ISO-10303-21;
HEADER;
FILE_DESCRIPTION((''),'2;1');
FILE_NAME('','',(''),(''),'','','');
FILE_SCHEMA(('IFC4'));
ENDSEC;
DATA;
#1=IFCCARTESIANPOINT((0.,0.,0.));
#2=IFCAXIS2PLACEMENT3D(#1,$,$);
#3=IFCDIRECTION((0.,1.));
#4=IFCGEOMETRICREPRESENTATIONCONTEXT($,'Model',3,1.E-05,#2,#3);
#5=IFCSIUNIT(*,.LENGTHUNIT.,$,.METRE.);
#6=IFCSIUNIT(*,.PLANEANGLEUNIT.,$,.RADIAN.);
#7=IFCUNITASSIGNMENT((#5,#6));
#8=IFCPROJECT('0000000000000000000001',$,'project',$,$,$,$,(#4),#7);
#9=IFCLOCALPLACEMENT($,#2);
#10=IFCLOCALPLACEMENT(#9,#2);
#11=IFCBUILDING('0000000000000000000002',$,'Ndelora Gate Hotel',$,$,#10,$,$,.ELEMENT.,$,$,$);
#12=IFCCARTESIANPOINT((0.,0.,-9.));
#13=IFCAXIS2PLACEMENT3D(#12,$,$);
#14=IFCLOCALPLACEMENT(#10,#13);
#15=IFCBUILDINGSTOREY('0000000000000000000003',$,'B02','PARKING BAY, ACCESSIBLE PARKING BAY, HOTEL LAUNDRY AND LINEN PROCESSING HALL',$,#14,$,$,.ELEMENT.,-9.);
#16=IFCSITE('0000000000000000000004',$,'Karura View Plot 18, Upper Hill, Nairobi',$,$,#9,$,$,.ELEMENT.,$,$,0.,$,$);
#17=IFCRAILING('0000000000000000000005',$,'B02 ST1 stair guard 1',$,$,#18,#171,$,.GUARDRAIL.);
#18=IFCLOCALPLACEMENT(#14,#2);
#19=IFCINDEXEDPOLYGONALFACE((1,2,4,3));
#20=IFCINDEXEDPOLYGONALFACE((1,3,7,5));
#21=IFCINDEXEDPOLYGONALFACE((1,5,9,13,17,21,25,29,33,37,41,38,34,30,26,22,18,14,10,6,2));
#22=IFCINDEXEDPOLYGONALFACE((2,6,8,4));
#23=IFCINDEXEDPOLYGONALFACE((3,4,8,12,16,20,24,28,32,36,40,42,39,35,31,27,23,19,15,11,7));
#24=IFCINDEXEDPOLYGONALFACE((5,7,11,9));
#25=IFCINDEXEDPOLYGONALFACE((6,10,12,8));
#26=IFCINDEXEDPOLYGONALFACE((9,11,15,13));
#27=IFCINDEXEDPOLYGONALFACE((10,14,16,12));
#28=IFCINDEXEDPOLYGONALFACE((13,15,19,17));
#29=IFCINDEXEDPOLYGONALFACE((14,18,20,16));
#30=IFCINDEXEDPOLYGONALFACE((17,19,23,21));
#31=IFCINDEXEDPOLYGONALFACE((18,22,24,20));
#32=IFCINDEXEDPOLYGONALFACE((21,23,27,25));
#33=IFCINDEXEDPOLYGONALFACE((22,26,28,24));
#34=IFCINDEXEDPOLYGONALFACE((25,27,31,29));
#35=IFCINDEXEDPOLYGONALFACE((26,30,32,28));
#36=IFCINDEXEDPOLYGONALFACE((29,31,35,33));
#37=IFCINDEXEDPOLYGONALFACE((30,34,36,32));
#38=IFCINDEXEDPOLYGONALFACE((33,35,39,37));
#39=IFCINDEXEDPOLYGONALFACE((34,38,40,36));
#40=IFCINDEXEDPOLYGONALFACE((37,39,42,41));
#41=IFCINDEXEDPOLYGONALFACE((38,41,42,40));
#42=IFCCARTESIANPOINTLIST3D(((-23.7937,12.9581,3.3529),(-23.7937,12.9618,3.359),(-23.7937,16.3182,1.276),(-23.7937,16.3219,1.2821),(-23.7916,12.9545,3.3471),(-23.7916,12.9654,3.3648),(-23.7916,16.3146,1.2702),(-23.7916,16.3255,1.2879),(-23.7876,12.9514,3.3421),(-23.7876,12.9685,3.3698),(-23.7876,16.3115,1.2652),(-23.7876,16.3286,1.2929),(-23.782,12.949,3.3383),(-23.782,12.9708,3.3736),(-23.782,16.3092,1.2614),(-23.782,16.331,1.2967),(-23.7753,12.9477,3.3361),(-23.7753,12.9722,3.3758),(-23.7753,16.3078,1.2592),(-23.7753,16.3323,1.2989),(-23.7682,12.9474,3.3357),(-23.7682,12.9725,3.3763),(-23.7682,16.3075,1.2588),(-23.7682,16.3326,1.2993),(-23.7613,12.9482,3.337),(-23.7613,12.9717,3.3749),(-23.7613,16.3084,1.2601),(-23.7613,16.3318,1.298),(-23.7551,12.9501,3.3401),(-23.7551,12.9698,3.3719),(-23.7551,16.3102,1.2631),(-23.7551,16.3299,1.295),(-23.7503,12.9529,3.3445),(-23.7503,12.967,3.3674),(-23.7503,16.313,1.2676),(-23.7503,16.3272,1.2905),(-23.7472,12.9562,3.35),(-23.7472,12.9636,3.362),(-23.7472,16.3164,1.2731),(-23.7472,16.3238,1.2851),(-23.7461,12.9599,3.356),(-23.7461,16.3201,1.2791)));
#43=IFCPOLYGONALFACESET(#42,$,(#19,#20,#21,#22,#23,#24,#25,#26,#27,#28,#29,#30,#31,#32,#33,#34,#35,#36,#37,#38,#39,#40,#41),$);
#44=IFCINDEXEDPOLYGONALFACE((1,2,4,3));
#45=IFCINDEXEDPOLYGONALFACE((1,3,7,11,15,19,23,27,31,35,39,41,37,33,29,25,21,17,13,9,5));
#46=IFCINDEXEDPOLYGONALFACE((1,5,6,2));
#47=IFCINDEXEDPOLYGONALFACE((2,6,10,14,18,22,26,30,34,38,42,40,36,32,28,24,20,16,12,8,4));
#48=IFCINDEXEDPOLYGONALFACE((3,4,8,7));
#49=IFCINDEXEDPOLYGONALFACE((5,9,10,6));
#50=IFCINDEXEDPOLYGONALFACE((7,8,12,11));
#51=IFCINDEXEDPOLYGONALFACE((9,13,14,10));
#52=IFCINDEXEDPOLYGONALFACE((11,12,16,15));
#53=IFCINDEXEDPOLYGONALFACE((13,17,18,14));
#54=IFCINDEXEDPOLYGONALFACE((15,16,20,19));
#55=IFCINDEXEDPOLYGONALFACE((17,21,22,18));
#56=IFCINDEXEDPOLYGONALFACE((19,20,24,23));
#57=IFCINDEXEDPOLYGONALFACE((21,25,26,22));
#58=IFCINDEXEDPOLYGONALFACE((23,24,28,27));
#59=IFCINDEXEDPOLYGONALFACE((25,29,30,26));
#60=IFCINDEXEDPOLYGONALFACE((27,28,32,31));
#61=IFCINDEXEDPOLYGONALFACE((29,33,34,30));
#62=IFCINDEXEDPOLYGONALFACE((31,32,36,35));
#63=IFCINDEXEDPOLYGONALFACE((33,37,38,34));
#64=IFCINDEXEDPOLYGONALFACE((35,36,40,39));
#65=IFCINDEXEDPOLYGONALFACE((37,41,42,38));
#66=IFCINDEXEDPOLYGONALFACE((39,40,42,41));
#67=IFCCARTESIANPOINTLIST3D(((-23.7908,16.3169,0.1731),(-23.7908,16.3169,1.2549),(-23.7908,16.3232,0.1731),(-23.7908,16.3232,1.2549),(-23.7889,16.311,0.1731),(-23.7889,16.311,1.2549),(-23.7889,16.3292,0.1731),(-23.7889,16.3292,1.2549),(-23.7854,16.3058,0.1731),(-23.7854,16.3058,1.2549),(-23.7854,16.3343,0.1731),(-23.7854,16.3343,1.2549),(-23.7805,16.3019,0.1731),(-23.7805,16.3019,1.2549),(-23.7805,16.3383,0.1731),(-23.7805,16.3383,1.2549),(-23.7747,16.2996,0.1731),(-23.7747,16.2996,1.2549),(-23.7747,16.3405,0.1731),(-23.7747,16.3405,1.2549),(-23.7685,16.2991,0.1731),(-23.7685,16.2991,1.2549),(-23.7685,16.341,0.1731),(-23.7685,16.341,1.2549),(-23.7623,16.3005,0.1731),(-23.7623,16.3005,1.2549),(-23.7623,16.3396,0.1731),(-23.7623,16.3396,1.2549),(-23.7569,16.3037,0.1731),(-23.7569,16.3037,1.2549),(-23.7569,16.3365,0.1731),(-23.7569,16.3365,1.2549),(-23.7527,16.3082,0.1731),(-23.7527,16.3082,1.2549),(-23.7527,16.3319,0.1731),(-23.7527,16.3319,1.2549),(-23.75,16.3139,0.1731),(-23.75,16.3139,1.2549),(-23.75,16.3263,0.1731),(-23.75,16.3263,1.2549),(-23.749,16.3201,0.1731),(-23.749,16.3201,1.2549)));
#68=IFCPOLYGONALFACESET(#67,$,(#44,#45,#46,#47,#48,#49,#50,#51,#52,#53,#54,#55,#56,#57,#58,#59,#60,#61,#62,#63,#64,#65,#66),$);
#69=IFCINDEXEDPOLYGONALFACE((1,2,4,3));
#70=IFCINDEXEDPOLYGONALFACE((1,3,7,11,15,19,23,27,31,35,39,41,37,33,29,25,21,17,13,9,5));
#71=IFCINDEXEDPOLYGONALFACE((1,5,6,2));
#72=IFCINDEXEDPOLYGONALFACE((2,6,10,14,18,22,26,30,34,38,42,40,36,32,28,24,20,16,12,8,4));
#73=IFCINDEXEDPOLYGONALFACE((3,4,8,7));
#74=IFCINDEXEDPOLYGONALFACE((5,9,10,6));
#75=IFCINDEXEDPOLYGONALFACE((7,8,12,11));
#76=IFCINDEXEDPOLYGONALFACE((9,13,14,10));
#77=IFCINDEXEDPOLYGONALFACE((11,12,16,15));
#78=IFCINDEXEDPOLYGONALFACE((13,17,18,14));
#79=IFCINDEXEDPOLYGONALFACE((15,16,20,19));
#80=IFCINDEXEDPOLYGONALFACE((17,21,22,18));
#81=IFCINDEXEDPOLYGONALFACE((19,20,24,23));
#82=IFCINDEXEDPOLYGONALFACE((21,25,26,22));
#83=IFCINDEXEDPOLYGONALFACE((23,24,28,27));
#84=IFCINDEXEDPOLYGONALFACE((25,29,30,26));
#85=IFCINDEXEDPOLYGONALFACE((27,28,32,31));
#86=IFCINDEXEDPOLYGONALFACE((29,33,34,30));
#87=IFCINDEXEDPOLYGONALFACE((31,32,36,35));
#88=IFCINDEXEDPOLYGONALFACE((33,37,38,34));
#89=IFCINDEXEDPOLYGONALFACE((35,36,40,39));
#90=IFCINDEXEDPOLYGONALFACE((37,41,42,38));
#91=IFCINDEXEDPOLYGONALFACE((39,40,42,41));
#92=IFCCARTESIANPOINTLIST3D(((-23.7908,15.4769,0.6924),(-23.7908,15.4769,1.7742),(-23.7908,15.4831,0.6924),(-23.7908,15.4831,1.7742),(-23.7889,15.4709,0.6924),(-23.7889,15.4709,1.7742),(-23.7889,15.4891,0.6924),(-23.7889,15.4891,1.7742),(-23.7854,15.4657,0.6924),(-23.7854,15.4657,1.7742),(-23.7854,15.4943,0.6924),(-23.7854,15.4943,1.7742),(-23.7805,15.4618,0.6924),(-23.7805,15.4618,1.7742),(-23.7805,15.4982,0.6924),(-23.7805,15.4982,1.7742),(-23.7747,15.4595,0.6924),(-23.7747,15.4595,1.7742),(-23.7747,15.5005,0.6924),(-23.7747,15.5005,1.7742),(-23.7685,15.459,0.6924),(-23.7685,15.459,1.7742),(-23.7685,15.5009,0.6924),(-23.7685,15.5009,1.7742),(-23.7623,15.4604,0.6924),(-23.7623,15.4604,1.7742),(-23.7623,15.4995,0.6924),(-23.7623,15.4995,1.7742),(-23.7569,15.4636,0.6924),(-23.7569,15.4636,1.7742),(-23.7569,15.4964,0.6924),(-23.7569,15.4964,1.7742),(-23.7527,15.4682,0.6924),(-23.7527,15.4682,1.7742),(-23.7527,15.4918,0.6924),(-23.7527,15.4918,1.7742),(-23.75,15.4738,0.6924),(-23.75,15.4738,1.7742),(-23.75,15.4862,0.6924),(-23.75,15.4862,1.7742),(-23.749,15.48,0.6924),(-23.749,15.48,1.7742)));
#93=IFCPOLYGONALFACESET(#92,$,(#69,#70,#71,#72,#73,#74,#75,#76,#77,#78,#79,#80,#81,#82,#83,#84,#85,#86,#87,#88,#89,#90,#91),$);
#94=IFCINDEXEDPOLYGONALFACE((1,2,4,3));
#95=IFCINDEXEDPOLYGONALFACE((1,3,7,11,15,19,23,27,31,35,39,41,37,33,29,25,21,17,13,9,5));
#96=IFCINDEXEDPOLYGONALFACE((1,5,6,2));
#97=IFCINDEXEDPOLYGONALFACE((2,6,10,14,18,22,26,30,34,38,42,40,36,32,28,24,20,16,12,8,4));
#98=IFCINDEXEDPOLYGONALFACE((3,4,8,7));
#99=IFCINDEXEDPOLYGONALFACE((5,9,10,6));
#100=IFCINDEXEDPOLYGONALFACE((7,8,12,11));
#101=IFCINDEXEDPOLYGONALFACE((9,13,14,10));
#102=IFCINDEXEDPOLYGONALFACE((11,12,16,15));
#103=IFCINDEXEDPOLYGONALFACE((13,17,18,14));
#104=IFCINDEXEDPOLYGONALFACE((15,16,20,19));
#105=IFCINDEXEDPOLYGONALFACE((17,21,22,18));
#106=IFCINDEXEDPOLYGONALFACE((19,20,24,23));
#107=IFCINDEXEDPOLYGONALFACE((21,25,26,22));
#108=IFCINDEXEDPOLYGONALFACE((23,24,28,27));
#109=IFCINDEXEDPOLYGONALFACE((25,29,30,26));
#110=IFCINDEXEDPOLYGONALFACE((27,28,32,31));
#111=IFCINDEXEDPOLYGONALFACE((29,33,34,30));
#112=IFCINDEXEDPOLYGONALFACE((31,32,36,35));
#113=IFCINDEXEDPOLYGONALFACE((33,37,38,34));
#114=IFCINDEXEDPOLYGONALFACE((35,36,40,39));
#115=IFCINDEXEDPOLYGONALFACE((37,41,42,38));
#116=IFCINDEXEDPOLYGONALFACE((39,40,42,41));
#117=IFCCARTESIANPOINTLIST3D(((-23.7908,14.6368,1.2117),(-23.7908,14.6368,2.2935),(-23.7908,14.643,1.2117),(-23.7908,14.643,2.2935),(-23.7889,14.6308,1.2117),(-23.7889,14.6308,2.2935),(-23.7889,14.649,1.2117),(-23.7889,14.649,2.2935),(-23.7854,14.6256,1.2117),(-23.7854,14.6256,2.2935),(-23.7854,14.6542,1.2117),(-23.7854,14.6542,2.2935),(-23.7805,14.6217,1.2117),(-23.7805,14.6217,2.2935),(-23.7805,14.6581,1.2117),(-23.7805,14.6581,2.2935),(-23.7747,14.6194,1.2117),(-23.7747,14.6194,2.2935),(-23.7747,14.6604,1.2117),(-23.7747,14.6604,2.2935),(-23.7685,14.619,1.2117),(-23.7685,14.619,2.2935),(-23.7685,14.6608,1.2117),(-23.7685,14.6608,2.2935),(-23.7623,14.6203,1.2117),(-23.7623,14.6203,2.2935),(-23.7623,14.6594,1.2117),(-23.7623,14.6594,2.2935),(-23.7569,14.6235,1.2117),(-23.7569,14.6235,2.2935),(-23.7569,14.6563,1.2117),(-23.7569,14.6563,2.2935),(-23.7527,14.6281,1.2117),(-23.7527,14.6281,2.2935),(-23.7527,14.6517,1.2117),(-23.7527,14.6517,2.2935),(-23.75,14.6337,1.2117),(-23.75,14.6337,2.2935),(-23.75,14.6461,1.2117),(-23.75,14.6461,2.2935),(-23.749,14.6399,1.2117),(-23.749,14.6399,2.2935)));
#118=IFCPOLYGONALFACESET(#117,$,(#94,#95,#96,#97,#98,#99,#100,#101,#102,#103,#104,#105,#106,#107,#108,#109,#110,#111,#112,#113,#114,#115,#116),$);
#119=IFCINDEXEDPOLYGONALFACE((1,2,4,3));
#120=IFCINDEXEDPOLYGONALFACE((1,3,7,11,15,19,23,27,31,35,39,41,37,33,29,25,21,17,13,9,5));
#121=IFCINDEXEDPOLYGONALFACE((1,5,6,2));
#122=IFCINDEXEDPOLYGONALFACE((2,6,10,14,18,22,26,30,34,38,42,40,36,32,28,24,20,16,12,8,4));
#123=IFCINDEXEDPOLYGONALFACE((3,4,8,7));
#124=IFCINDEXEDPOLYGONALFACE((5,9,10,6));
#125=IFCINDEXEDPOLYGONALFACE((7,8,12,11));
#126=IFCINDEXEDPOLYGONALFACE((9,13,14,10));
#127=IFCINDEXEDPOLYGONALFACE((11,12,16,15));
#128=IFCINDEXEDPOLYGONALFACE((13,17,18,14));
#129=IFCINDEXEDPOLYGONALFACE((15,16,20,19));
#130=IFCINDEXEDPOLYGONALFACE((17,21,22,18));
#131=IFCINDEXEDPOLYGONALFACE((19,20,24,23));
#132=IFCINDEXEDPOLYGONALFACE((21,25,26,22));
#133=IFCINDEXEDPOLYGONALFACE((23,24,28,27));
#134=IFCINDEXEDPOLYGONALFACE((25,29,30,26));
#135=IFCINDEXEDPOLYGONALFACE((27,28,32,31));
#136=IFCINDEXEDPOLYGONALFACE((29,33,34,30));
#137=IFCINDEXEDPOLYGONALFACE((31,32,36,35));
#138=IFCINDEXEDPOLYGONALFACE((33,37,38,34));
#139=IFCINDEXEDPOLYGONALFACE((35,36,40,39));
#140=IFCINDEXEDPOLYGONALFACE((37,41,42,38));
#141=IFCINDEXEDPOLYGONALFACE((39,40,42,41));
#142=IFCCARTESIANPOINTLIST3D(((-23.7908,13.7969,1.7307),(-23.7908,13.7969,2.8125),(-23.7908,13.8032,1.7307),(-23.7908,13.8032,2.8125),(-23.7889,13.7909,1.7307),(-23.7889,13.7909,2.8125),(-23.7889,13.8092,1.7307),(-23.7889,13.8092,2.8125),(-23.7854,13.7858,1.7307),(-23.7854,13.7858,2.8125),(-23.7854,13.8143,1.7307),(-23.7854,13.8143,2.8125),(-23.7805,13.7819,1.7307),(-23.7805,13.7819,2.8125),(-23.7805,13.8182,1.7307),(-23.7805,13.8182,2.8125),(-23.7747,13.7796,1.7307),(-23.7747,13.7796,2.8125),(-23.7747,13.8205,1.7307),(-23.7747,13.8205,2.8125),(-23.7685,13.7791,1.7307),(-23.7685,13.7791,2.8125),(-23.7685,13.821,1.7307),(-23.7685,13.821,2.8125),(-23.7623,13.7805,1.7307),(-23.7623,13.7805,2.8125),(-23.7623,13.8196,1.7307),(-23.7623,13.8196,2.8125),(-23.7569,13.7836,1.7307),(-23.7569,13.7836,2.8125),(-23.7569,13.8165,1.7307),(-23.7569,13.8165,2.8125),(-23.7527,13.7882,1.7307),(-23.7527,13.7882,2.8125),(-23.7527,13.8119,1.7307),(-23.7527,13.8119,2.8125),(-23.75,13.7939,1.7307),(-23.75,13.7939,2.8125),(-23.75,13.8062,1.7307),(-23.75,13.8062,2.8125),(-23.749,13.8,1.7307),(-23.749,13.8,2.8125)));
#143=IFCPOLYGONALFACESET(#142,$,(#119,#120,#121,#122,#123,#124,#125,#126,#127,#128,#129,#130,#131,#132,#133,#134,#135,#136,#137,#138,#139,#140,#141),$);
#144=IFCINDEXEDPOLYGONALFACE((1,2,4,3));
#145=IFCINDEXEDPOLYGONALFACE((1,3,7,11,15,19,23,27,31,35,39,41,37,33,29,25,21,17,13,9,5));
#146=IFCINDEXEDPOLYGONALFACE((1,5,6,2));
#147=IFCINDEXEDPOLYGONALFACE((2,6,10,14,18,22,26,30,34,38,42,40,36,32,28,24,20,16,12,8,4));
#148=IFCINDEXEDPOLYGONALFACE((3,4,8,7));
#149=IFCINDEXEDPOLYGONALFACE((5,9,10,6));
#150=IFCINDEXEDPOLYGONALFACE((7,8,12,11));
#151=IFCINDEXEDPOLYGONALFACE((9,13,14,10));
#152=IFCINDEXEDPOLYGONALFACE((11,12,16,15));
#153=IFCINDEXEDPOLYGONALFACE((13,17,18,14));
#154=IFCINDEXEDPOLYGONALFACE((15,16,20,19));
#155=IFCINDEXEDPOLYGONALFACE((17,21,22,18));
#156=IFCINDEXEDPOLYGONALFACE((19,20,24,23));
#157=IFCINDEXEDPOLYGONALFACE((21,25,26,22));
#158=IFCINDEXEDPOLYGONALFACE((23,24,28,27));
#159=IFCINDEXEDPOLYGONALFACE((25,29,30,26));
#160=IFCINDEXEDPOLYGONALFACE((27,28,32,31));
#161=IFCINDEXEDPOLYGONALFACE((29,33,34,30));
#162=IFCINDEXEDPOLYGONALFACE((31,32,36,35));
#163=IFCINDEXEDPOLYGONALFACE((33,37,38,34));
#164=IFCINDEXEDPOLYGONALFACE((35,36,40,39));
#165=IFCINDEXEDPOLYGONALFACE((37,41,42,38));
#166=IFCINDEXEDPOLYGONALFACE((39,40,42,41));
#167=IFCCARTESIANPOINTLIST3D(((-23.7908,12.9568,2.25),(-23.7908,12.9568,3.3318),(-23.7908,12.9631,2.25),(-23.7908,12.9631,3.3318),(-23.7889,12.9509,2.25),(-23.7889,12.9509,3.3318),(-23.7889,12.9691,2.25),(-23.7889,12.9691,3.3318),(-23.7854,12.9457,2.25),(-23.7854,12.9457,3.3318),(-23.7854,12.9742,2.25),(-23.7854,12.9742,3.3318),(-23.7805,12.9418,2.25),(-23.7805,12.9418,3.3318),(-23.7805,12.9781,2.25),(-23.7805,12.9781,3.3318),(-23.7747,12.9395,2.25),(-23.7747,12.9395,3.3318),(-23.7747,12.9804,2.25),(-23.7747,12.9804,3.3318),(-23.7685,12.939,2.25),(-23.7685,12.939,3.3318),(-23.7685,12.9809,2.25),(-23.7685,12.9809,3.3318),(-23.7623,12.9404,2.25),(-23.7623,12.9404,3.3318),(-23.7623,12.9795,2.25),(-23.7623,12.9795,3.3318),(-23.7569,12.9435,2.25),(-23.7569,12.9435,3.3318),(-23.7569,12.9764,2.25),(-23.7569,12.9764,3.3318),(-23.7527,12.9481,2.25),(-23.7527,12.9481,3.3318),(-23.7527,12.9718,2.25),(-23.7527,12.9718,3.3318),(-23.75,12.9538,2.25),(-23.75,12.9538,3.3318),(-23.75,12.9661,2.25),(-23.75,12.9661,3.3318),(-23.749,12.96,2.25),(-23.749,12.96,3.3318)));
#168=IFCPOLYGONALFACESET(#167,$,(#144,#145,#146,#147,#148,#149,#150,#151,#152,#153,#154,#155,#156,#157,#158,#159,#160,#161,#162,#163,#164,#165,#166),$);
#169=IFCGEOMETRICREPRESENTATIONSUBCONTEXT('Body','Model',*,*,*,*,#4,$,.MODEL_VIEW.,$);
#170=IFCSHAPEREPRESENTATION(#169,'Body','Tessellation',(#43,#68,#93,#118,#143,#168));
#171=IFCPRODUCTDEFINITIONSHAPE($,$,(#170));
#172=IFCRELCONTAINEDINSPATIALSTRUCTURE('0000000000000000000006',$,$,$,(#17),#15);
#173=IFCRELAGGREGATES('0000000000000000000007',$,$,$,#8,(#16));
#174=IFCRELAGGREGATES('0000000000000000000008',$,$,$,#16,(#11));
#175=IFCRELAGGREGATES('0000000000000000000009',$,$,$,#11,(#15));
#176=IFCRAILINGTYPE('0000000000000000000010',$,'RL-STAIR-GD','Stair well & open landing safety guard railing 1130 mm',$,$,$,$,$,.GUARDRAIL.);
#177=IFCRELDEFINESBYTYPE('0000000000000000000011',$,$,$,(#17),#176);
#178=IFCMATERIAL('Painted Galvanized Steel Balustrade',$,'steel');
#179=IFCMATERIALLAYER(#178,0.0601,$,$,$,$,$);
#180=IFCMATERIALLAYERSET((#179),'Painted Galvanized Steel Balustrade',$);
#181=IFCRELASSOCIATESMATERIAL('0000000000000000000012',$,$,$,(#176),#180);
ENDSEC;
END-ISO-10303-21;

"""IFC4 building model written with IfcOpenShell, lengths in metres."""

from ifc_helpers import new_model, si_unit, direction, frame, origin, origin_2d, place, context, subcontext, project, spatial, circle, extrude, material, layer, layer_set, type_object, element, save


model = new_model("IFC4")

# Units and contexts
model_context = context("Model", 3, precision=1e-05, world=origin(), true_north=direction((0.0, 1.0)))
body_context = subcontext(model_context, "Body", "Model", "MODEL_VIEW")
ifc_project = project(units=[si_unit("LENGTHUNIT", "METRE"), si_unit("PLANEANGLEUNIT", "RADIAN")], contexts=[model_context])

# Site, building, storey
site_placement = place(None, origin())
site = spatial("IfcSite", under=ifc_project, at=site_placement, Name="Karura View Plot 18, Upper Hill, Nairobi", CompositionType="ELEMENT", RefElevation=0.0)
building_placement = place(site_placement, origin())
building = spatial("IfcBuilding", under=site, at=building_placement, Name="Ndelora Gate Hotel", CompositionType="ELEMENT")
storey_placement = place(building_placement, frame((0.0, 0.0, -9.0)))
storey = spatial("IfcBuildingStorey", under=building, at=storey_placement, Name="B02", Description="PARKING BAY, ACCESSIBLE PARKING BAY, HOTEL LAUNDRY AND LINEN PROCESSING HALL", CompositionType="ELEMENT", Elevation=-9.0)

# Railing
ifc_material_1 = material(Name="Painted Galvanized Steel Balustrade", Category="steel")
ifc_layer_1 = layer(ifc_material_1, 0.0601)
ifc_layer_set_1 = layer_set([ifc_layer_1], Name="Painted Galvanized Steel Balustrade")
railing_type_1 = type_object("IfcRailingType", Name="RL-STAIR-GD", Description="Stair well & open landing safety guard railing 1130 mm", PredefinedType="GUARDRAIL", material=ifc_layer_set_1)
railing_1_placement = place(storey_placement, frame((-23.77, 16.3201, 0.1731)))
element("IfcRailing", 1, at=railing_1_placement, inside=storey, type_object=railing_type_1, Name="B02 ST1 stair guard 1", PredefinedType="GUARDRAIL", context=body_context, shape_type="SweptSolid", body=[
    extrude(circle(Radius=0.0239, at=origin_2d()), frame((0.0, 0.0, 1.106), z_axis=(0.0, -0.850623, 0.525776), x_axis=(1.0, 0.0, 0.0)), (0.0, 0.0, 1.0), 3.9502),
    extrude(circle(Radius=0.021, at=origin_2d()), origin(), (0.0, 0.0, 1.0), 1.0818),
    extrude(circle(Radius=0.021, at=origin_2d()), frame((0.0, -0.8401, 0.5193)), (0.0, 0.0, 1.0), 1.0818),
    extrude(circle(Radius=0.021, at=origin_2d()), frame((0.0, -1.6802, 1.0386)), (0.0, 0.0, 1.0), 1.0818),
    extrude(circle(Radius=0.021, at=origin_2d()), frame((0.0, -2.52, 1.5576)), (0.0, 0.0, 1.0), 1.0818),
    extrude(circle(Radius=0.021, at=origin_2d()), frame((0.0, -3.3601, 2.0769)), (0.0, 0.0, 1.0), 1.0818),
])

save(model, "model.ifc")
